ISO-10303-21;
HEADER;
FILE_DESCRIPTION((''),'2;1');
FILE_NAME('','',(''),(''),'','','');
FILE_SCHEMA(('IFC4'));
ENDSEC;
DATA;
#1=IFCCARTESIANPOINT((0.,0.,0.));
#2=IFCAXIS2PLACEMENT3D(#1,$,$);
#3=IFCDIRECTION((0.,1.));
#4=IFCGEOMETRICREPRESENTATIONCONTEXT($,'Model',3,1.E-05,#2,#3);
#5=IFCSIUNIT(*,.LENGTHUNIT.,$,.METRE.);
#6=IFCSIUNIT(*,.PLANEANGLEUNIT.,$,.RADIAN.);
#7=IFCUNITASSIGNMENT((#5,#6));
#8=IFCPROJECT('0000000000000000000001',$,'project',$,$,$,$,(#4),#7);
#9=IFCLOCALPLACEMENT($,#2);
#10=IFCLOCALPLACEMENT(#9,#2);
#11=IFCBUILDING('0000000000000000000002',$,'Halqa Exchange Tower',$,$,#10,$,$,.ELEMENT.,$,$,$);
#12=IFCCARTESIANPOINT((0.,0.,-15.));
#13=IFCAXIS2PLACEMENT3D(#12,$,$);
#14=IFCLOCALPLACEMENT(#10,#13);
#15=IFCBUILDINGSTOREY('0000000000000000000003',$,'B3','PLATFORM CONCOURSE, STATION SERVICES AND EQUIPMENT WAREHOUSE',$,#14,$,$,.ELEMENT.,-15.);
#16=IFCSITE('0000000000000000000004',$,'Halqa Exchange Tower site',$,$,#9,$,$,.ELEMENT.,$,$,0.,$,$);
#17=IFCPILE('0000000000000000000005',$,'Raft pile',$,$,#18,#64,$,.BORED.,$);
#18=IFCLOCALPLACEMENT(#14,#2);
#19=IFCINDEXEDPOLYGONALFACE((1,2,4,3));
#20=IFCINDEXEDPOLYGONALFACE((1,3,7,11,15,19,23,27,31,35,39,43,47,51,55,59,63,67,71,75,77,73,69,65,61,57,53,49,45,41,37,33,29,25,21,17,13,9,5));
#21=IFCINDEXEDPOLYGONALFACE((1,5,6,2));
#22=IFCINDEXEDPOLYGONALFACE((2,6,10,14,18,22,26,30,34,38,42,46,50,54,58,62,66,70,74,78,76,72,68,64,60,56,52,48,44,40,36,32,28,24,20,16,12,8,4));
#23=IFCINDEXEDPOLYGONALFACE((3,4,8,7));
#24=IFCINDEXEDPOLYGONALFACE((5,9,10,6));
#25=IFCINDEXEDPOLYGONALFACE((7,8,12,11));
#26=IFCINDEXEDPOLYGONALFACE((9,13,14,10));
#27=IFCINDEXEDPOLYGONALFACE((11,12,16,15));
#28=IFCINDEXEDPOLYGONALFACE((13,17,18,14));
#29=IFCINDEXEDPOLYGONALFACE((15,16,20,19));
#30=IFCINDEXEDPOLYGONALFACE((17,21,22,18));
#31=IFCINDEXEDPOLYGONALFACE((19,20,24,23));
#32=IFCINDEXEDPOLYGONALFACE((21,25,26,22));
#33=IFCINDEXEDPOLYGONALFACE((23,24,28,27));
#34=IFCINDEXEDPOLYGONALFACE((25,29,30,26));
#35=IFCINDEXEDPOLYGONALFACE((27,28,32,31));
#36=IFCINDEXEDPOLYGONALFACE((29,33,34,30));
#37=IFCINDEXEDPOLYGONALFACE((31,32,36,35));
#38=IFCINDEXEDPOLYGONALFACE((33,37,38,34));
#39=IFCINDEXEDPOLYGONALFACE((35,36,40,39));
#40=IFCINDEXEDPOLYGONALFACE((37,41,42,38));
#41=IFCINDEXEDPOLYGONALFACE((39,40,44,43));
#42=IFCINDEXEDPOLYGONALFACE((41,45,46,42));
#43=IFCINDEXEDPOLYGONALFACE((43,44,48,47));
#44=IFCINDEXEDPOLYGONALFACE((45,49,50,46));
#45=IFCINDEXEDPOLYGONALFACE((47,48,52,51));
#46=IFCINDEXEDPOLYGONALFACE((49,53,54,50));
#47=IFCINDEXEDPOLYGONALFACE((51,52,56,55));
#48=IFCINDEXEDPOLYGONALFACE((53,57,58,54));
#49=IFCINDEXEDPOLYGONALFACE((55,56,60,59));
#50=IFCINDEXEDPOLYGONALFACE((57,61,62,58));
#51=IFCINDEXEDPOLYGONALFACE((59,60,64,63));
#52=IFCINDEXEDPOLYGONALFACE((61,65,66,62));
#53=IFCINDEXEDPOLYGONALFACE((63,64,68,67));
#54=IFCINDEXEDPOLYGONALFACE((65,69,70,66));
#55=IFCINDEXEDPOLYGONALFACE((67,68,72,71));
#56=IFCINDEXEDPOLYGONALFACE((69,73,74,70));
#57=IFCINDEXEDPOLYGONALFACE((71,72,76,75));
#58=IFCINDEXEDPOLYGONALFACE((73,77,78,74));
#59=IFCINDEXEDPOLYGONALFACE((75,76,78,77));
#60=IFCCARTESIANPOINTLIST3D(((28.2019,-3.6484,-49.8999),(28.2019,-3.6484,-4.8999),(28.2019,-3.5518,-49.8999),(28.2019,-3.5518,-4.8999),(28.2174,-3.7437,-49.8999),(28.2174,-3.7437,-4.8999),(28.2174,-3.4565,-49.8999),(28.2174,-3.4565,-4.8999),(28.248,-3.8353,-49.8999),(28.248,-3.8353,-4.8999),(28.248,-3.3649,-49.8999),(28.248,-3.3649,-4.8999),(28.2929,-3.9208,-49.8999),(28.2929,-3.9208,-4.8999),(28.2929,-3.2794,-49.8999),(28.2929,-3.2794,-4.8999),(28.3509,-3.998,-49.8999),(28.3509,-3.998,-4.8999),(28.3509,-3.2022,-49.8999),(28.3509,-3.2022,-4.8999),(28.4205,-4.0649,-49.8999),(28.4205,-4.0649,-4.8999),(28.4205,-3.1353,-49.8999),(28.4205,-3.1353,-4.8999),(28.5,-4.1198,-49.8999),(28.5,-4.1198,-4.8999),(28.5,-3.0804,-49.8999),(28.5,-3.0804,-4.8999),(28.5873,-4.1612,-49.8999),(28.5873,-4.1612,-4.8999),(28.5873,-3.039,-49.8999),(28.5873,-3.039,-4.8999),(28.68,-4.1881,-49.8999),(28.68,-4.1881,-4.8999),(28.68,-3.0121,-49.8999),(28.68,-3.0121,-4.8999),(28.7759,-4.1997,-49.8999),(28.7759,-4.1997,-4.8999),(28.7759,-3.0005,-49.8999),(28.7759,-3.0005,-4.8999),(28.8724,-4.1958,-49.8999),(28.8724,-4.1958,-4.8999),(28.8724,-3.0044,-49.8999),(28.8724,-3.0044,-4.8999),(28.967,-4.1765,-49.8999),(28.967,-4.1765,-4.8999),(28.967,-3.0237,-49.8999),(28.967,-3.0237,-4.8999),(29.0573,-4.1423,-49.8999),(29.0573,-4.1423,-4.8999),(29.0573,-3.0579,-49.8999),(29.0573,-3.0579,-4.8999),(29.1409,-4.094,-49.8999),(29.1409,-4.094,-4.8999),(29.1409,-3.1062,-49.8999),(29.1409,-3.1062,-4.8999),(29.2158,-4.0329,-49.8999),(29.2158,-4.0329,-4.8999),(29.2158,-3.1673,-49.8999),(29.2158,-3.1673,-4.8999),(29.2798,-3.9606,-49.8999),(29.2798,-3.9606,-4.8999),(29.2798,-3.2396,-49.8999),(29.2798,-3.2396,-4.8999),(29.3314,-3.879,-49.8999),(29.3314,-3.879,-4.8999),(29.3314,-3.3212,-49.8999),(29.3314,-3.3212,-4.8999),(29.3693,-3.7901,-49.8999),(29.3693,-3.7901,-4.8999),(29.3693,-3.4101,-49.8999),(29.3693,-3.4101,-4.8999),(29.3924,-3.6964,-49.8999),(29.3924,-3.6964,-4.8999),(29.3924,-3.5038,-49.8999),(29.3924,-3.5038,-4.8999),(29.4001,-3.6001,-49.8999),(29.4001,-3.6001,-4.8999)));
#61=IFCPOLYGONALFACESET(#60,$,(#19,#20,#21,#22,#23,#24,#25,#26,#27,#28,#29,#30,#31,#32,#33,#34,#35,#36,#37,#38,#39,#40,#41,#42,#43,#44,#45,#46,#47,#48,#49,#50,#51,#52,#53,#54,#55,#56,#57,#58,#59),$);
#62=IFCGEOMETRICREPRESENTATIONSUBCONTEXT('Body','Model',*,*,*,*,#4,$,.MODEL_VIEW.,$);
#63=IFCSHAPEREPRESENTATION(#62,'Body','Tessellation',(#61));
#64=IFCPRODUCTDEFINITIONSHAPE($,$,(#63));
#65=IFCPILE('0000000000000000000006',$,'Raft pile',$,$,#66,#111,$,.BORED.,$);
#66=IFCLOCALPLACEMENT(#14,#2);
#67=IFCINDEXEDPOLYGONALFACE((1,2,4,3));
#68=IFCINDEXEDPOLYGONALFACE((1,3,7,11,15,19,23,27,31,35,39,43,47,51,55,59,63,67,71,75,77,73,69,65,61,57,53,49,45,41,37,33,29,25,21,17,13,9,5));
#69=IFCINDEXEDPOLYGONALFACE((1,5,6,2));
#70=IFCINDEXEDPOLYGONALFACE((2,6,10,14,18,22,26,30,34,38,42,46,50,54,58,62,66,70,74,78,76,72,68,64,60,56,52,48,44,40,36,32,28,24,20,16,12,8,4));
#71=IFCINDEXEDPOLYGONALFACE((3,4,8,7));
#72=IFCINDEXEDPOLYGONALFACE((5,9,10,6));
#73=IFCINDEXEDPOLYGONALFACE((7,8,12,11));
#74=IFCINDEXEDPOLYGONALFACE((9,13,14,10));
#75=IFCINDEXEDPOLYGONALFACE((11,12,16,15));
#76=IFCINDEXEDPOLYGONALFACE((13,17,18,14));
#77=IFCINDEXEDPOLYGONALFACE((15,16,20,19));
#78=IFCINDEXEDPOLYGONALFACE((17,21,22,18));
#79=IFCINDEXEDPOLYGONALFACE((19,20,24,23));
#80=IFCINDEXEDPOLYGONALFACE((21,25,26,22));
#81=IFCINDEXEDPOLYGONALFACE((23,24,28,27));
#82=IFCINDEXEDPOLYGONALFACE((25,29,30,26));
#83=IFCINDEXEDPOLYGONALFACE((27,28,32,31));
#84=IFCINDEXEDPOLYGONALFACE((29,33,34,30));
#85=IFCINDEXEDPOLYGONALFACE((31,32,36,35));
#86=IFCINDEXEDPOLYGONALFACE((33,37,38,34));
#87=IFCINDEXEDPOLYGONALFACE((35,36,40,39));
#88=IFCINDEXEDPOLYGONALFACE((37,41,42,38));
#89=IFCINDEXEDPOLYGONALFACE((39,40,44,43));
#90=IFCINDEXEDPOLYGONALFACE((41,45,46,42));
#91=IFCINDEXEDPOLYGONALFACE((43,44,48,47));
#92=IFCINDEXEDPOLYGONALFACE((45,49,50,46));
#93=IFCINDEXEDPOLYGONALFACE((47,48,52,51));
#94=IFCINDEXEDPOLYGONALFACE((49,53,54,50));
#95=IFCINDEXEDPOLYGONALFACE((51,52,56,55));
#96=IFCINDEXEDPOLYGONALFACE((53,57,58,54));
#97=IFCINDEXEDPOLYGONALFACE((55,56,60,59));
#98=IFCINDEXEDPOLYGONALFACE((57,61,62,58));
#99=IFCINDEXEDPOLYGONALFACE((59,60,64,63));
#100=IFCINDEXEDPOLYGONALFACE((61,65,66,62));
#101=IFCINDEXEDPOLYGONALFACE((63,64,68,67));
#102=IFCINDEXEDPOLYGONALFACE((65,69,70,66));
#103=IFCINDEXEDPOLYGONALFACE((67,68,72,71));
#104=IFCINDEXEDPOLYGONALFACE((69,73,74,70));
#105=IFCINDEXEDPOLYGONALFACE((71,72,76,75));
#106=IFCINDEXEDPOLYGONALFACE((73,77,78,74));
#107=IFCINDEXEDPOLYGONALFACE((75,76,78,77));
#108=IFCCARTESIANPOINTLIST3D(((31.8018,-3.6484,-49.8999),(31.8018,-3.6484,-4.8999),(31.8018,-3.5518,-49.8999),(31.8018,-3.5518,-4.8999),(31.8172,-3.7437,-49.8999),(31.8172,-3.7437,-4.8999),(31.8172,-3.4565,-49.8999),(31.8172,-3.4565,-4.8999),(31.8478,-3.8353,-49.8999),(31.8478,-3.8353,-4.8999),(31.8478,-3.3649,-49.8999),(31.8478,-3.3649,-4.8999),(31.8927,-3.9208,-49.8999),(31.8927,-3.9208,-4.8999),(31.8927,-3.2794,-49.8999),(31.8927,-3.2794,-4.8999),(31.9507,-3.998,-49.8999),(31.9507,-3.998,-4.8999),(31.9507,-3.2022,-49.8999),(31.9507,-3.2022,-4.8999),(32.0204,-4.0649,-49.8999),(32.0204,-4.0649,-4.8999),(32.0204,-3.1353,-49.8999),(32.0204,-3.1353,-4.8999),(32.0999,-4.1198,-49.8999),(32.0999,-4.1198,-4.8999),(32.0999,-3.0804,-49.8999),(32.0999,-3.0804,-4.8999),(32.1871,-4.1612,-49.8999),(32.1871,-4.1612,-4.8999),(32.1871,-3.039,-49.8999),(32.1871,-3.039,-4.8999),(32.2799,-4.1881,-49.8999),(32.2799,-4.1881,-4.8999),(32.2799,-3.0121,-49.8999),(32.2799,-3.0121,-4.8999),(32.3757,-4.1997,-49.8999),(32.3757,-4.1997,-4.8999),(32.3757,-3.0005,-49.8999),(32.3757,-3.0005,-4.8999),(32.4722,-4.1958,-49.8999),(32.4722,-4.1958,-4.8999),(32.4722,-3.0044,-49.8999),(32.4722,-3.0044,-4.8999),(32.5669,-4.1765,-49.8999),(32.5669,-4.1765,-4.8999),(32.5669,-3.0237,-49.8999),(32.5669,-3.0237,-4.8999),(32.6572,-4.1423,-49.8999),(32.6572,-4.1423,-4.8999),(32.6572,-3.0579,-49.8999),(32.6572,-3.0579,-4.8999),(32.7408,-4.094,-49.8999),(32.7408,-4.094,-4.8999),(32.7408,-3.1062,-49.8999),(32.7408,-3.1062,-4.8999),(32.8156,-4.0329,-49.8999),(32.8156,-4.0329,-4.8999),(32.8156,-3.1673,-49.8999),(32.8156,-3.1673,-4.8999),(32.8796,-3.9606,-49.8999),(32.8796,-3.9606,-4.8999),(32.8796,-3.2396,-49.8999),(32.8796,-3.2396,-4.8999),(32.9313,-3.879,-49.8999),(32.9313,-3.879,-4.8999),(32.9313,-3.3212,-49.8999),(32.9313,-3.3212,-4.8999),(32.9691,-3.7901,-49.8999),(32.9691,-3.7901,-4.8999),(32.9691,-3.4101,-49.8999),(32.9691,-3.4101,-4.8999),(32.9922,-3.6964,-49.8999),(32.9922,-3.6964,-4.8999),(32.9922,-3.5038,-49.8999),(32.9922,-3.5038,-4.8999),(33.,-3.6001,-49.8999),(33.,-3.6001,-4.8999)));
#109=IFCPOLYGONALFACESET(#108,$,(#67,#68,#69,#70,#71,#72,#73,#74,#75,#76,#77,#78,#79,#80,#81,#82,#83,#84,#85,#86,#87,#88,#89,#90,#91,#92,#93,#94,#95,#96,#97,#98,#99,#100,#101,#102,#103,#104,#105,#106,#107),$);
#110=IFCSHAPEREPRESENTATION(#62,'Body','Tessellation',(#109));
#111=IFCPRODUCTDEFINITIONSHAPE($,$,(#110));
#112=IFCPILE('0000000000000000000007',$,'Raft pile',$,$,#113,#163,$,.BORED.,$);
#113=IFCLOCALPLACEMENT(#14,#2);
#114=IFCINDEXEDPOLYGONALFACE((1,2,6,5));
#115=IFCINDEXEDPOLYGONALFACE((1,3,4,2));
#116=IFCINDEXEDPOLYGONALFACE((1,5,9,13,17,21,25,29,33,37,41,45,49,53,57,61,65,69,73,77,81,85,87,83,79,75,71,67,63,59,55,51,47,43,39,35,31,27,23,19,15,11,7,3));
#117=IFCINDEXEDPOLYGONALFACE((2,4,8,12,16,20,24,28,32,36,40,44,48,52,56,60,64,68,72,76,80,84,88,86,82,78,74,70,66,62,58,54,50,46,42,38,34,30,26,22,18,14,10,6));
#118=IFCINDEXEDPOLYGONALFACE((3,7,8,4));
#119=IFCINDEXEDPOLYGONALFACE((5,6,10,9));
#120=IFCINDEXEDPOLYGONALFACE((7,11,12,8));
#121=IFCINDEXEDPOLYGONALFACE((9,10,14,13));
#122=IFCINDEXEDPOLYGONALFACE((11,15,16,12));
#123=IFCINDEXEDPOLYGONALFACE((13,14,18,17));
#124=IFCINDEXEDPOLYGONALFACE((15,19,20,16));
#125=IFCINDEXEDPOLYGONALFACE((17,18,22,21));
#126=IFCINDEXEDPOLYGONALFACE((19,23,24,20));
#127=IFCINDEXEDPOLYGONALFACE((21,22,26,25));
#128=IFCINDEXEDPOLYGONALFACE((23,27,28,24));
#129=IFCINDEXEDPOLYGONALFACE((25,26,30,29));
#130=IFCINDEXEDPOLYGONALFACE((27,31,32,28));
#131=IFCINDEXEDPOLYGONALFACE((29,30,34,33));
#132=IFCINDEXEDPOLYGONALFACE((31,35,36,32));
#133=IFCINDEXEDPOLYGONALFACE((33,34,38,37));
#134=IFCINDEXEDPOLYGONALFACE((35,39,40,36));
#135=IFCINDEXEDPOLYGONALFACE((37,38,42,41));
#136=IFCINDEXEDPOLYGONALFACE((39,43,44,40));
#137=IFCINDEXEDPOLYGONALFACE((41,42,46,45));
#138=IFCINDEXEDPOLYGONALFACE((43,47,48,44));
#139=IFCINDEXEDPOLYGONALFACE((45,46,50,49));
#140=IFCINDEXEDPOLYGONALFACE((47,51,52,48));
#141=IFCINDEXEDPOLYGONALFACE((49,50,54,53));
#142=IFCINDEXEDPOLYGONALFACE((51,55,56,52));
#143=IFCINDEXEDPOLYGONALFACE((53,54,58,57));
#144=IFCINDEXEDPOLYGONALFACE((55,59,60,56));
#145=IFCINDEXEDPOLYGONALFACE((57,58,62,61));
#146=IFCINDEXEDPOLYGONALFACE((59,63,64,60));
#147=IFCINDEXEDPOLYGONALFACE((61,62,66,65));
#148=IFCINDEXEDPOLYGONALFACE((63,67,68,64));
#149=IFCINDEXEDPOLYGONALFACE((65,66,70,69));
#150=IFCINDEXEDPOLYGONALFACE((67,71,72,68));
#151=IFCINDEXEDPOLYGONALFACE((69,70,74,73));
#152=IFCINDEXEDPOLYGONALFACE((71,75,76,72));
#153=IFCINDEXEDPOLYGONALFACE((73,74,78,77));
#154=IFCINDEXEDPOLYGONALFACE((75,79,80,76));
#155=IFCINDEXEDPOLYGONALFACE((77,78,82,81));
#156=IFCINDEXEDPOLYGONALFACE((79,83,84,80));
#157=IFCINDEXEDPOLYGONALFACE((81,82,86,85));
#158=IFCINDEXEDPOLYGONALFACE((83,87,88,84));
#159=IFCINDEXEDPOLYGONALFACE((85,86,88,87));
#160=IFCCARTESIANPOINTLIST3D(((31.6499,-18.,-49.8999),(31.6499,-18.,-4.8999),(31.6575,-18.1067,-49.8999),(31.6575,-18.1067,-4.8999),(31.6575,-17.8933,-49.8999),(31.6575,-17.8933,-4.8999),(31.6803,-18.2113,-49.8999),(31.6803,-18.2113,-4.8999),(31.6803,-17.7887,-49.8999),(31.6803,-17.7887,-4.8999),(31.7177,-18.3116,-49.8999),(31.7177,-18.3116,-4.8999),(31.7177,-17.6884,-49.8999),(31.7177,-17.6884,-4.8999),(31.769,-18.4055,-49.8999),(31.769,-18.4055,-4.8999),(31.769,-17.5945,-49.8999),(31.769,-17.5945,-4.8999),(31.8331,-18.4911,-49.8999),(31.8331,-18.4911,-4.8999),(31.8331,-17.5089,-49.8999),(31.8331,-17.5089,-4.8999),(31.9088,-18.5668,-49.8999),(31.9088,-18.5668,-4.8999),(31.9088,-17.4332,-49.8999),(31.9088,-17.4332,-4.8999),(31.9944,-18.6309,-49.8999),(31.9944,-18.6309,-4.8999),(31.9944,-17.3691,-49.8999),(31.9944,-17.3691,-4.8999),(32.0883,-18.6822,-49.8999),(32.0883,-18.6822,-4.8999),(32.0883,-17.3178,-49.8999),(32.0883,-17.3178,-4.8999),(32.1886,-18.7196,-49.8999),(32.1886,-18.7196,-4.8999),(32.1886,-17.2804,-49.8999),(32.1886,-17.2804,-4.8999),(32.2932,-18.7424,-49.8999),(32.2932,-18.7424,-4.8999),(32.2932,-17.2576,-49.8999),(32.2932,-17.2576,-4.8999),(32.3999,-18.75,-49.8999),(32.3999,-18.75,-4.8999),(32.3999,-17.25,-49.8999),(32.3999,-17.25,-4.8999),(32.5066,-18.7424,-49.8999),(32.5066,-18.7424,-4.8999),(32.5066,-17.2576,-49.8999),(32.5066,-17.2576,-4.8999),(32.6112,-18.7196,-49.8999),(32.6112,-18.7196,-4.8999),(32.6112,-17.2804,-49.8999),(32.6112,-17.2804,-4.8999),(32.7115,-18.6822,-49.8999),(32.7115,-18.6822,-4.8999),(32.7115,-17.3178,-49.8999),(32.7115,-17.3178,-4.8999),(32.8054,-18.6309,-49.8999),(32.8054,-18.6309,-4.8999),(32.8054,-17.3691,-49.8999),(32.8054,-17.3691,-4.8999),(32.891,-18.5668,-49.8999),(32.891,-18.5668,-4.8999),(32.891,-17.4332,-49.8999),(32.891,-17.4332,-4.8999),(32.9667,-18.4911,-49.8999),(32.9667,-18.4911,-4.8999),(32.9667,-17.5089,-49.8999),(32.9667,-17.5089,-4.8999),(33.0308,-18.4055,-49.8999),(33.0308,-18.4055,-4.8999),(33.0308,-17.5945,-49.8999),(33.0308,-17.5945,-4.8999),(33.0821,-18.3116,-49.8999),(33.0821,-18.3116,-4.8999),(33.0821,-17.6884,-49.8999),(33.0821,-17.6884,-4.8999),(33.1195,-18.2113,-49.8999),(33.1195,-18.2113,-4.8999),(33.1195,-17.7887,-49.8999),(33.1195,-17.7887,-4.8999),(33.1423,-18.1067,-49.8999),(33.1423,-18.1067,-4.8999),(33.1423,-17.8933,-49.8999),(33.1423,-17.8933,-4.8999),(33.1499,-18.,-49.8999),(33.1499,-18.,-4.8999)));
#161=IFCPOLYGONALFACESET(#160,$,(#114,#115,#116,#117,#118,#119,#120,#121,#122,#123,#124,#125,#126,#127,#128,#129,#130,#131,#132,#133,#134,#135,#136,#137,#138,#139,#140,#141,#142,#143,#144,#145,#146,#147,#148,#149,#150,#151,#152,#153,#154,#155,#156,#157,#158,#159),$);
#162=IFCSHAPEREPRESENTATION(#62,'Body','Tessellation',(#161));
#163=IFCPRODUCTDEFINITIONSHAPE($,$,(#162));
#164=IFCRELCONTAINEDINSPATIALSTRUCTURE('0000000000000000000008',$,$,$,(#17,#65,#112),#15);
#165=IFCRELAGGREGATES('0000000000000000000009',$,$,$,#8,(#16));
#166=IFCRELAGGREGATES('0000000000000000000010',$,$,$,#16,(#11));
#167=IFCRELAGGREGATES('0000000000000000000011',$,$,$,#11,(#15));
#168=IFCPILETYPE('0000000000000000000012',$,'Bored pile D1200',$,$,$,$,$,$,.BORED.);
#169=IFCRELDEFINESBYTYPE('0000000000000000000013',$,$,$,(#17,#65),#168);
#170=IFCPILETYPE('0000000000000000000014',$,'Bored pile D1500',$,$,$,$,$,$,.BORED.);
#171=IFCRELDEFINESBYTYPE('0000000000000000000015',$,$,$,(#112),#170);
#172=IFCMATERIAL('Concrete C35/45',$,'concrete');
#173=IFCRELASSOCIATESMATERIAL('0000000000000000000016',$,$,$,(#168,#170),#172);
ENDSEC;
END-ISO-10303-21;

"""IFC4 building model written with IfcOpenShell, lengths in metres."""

from ifc_helpers import new_model, si_unit, direction, frame, origin, origin_2d, place, context, subcontext, project, spatial, circle, extrude, material, material_profile, profile_set, type_object, element, save


model = new_model("IFC4")

# Units and contexts
model_context = context("Model", 3, precision=1e-05, world=origin(), true_north=direction((0.0, 1.0)))
body_context = subcontext(model_context, "Body", "Model", "MODEL_VIEW")
ifc_project = project(units=[si_unit("LENGTHUNIT", "METRE"), si_unit("PLANEANGLEUNIT", "RADIAN")], contexts=[model_context])

# Site, building, storey
site_placement = place(None, origin())
site = spatial("IfcSite", under=ifc_project, at=site_placement, Name="Halqa Exchange Tower site", CompositionType="ELEMENT", RefElevation=0.0)
building_placement = place(site_placement, origin())
building = spatial("IfcBuilding", under=site, at=building_placement, Name="Halqa Exchange Tower", CompositionType="ELEMENT")
storey_placement = place(building_placement, frame((0.0, 0.0, -15.0)))
storey = spatial("IfcBuildingStorey", under=building, at=storey_placement, Name="B3", Description="PLATFORM CONCOURSE, STATION SERVICES AND EQUIPMENT WAREHOUSE", CompositionType="ELEMENT", Elevation=-15.0)

# Piles
ifc_material_1 = material(Name="Concrete C35/45", Category="concrete")
ifc_material_profile_1 = material_profile(ifc_material_1, circle(Radius=0.6001, at=origin_2d()), Name="D1200")
ifc_profile_set_1 = profile_set([ifc_material_profile_1], Name="Concrete C35/45")
pile_type_1 = type_object("IfcPileType", Name="Bored pile D1200", PredefinedType="BORED", material=ifc_profile_set_1)
for number, where, z_axis, x_axis, name in (
    (1, (28.8, -3.6001, -4.8999), (0.0, 0.0, -1.0), (1.0, 0.0, 0.0), "Raft pile"),
    (2, (32.3999, -3.6001, -4.8999), (0.0, 0.0, -1.0), (1.0, 0.0, 0.0), "Raft pile"),
):
    element("IfcPile", number, at=place(storey_placement, frame(where, z_axis=z_axis, x_axis=x_axis)), inside=storey, type_object=pile_type_1, Name=name, PredefinedType="BORED", context=body_context, shape_type="SweptSolid", body=[
        extrude(circle(Radius=0.6001, at=origin_2d()), origin(), (0.0, 0.0, 1.0), 45.0),
    ])
ifc_material_profile_2 = material_profile(ifc_material_1, circle(Radius=0.75, at=origin_2d()), Name="D1500")
ifc_profile_set_2 = profile_set([ifc_material_profile_2], Name="Concrete C35/45")
pile_type_2 = type_object("IfcPileType", Name="Bored pile D1500", PredefinedType="BORED", material=ifc_profile_set_2)
for number, where, z_axis, x_axis, name in (
    (3, (32.3999, -18.0, -4.8999), (0.0, 0.0, -1.0), (1.0, 0.0, 0.0), "Raft pile"),
):
    element("IfcPile", number, at=place(storey_placement, frame(where, z_axis=z_axis, x_axis=x_axis)), inside=storey, type_object=pile_type_2, Name=name, PredefinedType="BORED", context=body_context, shape_type="SweptSolid", body=[
        extrude(circle(Radius=0.75, at=origin_2d()), origin(), (0.0, 0.0, 1.0), 45.0),
    ])

save(model, "model.ifc")
